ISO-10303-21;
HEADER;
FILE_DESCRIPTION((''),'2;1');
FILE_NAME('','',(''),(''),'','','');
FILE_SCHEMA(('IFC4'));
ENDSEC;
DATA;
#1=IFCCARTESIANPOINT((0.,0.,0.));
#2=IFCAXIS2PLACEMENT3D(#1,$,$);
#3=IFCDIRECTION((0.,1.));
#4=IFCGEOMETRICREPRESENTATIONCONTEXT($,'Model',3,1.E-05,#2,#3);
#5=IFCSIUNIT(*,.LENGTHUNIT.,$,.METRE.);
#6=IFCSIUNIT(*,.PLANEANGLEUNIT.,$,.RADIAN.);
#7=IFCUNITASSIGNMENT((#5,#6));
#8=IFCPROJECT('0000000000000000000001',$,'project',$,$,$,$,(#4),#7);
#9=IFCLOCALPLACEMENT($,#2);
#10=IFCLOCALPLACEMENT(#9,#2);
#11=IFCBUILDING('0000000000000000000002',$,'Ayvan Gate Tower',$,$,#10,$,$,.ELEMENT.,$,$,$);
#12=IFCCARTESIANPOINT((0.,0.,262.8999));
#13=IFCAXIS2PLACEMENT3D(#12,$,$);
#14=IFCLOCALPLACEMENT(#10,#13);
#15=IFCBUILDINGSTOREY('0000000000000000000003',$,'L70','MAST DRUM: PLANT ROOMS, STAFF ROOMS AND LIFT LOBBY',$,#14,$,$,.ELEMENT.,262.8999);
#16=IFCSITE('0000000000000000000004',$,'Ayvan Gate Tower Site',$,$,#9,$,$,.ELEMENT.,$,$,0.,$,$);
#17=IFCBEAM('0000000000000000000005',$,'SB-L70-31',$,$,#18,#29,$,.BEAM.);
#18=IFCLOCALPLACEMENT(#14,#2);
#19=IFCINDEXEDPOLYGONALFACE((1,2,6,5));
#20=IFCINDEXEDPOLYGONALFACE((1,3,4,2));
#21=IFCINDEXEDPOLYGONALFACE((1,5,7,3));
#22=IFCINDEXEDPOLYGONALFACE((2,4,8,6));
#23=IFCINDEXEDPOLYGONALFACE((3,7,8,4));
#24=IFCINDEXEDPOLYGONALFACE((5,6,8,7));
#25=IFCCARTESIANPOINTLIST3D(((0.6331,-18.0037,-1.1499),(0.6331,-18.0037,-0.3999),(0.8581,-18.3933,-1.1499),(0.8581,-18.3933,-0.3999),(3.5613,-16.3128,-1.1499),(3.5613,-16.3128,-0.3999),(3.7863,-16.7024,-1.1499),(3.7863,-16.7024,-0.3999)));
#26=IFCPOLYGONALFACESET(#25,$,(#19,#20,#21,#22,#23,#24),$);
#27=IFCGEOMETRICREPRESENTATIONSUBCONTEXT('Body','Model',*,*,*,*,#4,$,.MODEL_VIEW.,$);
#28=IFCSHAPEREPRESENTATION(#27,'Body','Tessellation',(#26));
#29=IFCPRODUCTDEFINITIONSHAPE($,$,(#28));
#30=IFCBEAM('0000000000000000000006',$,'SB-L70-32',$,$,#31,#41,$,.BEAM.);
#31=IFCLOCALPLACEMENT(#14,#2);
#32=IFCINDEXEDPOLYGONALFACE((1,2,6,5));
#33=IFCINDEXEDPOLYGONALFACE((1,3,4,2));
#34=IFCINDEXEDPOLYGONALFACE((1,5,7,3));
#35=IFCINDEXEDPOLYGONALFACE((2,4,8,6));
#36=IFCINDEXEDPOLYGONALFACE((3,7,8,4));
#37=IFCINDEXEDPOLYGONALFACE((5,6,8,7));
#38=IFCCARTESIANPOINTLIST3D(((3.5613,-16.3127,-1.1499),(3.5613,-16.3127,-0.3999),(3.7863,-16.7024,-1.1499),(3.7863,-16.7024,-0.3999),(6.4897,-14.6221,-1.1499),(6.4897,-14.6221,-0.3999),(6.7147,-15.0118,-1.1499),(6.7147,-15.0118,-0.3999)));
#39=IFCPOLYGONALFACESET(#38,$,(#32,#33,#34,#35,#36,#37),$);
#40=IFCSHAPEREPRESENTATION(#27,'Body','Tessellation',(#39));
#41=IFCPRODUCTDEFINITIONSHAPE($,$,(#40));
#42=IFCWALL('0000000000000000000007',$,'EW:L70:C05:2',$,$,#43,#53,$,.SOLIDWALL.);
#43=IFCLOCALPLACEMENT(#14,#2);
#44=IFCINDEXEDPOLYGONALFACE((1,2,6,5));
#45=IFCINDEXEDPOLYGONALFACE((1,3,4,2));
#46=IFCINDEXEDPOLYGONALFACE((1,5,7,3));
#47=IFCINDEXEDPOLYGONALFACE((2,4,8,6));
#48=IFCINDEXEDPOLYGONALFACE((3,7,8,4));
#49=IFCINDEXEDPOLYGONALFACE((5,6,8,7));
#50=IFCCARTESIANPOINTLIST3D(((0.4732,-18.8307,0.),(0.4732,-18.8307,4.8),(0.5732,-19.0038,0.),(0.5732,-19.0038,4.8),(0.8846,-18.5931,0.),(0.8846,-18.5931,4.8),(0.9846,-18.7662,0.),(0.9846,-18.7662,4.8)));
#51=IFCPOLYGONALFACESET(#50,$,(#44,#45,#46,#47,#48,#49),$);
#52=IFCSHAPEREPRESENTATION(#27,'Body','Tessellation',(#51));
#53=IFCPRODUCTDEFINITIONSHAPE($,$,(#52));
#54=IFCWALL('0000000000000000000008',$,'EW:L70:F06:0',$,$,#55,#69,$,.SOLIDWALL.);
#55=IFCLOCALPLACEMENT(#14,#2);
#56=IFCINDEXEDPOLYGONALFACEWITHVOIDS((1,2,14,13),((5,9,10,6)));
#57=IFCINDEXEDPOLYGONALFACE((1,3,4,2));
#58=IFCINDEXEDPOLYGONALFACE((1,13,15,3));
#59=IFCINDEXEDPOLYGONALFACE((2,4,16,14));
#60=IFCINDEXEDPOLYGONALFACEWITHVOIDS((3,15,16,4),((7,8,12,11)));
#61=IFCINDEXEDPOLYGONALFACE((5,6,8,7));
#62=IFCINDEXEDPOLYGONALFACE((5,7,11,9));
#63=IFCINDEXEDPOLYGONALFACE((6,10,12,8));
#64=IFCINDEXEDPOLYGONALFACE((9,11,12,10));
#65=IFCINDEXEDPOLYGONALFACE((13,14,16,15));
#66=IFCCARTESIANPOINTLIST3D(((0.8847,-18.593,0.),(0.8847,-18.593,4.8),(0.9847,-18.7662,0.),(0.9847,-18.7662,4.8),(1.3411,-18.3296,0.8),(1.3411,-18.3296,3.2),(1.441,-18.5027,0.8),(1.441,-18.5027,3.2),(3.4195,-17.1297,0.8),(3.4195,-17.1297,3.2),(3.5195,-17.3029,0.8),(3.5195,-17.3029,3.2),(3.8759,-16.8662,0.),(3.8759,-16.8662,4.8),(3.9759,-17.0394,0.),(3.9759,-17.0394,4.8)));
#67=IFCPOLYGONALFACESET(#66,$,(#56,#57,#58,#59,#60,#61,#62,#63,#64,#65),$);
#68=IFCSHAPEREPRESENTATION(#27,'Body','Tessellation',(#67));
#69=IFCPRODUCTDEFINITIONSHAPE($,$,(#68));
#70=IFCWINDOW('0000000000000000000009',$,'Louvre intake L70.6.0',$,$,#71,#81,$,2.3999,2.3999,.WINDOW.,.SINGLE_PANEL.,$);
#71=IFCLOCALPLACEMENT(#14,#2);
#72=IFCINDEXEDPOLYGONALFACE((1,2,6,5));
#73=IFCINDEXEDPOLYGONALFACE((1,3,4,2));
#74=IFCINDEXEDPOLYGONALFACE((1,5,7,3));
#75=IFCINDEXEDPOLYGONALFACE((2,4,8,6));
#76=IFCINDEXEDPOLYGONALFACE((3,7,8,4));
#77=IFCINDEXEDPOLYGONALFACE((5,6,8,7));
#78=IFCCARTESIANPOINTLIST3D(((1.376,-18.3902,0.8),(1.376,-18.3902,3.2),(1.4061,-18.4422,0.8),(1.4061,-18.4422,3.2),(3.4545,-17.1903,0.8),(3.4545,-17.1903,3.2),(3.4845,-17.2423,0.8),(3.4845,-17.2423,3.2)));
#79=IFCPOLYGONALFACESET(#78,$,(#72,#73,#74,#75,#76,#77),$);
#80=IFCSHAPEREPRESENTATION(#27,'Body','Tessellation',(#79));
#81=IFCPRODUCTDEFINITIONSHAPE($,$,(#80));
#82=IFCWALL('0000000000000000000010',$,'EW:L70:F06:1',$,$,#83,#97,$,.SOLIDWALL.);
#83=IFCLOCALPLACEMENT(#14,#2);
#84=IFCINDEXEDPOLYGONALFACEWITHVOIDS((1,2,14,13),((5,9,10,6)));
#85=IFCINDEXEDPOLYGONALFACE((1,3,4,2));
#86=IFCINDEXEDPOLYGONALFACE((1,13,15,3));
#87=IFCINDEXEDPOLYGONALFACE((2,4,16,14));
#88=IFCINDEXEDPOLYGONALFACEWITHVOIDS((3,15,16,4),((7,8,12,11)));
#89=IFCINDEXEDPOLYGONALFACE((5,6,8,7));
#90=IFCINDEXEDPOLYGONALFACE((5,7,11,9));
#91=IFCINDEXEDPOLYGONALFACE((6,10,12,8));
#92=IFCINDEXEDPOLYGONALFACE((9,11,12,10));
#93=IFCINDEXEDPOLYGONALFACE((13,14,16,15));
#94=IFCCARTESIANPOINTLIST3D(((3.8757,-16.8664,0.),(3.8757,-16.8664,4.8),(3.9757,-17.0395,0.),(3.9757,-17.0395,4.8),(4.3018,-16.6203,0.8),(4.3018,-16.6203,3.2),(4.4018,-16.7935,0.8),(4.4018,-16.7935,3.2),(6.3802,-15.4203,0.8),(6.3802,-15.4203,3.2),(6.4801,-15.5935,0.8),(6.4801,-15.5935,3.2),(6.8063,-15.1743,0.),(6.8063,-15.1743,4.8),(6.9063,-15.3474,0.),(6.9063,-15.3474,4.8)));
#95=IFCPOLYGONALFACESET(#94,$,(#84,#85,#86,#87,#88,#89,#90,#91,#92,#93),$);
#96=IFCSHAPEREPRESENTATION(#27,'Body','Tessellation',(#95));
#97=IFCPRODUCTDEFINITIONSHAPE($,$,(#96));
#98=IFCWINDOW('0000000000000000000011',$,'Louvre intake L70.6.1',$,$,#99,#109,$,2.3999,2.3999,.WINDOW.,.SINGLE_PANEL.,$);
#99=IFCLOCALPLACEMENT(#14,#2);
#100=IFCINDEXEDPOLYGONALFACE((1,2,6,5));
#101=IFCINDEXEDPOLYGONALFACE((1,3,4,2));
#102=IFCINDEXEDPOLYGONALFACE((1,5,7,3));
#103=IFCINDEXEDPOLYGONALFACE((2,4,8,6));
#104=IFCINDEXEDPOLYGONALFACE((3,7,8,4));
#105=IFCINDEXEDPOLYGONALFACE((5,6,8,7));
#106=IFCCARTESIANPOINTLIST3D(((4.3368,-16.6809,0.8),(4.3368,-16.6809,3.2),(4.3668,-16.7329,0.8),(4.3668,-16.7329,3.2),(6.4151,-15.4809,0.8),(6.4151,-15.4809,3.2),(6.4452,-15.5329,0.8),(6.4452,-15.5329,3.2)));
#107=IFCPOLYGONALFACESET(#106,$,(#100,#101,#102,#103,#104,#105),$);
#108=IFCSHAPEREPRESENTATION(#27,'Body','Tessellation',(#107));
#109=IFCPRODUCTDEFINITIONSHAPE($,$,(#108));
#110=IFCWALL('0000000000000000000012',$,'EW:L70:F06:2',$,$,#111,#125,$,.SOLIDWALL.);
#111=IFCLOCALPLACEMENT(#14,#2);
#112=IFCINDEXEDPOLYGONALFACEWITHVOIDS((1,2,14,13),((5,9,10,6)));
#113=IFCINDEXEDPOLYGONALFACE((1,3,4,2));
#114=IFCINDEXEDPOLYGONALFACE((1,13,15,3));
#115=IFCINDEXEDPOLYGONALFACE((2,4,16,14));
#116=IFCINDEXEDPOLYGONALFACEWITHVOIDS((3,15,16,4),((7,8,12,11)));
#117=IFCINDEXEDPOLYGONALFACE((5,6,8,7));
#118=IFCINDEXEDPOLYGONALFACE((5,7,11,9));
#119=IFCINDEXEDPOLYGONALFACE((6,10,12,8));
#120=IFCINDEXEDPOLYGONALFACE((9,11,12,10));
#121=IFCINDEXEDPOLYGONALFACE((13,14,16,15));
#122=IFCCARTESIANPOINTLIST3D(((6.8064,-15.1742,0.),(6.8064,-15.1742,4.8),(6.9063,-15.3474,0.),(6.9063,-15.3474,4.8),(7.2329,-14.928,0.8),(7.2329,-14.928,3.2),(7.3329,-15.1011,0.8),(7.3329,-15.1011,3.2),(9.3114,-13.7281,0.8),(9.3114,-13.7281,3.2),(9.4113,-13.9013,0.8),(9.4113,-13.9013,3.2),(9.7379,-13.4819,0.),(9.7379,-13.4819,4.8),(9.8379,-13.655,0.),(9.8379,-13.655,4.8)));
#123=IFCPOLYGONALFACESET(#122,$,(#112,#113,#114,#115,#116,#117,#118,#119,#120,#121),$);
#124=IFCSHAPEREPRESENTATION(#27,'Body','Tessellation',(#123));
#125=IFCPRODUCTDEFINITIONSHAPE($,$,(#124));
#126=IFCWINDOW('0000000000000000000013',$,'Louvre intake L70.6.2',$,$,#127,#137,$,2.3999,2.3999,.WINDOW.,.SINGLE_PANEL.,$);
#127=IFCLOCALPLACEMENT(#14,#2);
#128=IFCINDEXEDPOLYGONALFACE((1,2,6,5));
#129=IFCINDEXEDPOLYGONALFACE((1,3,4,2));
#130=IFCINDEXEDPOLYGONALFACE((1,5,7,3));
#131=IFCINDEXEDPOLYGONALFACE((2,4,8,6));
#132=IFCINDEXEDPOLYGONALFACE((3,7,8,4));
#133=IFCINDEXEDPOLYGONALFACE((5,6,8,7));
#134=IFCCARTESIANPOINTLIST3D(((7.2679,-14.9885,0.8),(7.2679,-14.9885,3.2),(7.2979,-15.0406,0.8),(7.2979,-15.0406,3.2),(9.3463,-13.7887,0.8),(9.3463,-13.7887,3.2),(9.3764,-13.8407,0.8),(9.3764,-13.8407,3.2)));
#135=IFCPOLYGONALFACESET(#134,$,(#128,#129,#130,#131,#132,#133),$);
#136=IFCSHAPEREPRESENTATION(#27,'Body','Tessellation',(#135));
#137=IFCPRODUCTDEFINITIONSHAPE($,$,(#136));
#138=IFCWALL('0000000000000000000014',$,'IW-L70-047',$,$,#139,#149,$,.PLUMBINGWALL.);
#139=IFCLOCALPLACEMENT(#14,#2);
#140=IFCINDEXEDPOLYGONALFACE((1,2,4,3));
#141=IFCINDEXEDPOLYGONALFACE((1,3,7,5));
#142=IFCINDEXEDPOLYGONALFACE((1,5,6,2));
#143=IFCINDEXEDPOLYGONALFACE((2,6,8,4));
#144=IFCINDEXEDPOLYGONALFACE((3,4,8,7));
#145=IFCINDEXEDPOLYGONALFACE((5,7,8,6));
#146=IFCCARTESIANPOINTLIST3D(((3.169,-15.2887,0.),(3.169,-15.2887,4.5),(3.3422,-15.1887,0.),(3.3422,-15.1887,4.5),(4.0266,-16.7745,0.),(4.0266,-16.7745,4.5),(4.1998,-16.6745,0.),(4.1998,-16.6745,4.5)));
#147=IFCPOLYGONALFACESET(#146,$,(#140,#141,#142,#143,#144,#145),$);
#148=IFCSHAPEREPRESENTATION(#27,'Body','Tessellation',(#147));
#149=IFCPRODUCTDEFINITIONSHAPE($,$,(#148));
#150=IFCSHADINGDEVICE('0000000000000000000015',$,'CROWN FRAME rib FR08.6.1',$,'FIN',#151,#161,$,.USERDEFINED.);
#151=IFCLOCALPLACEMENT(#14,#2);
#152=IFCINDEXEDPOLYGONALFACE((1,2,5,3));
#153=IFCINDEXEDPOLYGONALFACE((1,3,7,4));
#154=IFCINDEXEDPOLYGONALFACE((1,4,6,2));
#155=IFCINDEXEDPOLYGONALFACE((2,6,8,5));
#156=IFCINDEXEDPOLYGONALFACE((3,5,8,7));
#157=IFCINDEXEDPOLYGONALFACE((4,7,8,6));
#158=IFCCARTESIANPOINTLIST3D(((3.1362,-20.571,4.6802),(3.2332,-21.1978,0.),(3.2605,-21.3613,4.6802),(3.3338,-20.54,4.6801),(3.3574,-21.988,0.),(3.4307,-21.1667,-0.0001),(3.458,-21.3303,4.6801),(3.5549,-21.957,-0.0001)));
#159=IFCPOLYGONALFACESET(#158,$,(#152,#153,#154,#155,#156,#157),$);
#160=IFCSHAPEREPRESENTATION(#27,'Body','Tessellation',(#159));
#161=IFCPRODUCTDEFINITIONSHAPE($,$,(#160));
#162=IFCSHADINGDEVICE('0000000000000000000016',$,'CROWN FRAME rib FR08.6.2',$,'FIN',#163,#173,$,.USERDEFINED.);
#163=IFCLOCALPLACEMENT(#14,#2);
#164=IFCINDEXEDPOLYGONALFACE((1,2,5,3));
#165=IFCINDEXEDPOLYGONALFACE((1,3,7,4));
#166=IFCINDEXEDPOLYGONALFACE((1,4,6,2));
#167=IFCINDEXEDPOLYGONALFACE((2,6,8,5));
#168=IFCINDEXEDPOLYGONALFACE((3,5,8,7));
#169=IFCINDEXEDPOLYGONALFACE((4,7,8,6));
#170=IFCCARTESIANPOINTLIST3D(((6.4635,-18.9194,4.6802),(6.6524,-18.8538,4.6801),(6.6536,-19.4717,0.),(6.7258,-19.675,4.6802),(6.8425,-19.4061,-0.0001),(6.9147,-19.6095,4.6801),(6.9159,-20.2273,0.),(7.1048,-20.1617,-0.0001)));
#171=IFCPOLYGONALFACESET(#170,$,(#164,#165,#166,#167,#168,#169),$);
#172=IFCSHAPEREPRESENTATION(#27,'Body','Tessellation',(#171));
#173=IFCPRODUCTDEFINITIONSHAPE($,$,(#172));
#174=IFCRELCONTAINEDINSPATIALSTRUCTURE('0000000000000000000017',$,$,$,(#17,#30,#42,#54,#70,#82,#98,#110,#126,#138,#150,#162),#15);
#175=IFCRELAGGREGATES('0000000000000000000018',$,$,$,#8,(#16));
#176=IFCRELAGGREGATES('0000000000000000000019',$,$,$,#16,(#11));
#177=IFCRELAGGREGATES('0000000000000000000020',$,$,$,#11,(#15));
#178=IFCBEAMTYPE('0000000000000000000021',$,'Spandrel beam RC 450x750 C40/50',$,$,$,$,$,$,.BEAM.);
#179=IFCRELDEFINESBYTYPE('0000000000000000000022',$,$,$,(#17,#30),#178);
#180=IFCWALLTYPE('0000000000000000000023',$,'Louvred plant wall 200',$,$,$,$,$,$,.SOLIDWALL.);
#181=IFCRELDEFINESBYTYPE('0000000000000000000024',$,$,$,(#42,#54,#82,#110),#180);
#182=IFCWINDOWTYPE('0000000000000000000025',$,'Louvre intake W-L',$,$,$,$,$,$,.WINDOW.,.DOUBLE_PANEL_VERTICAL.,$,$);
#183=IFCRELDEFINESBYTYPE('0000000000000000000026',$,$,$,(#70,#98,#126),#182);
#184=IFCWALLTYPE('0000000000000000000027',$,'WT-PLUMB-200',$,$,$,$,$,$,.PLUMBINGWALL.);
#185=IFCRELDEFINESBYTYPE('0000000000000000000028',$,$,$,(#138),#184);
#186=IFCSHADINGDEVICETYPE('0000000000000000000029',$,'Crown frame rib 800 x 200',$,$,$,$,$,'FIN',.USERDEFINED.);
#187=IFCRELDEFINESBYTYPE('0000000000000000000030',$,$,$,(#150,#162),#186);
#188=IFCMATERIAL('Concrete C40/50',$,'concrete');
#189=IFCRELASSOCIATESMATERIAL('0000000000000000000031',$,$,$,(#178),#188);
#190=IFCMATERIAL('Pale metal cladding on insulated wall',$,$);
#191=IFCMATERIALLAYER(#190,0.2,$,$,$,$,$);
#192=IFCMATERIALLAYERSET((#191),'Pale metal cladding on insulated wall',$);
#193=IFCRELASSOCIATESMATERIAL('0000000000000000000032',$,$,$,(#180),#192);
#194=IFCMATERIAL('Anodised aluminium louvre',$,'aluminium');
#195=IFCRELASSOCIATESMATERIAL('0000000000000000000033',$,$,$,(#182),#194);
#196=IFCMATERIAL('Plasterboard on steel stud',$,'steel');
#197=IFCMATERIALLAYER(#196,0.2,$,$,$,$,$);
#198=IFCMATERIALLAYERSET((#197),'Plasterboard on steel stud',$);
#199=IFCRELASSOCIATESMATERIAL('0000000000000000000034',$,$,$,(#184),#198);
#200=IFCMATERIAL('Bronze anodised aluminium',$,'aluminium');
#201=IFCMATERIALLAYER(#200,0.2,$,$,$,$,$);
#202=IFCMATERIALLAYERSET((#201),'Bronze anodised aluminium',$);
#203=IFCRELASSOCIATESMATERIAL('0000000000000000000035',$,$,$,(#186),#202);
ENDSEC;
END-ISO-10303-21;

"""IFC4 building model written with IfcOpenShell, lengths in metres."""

from ifc_helpers import new_model, si_unit, direction, frame, frame_2d, origin, origin_2d, place, context, subcontext, project, spatial, polyline, rectangle, outline, extrude, material, layer, layer_set, material_profile, profile_set, type_object, element, fill, save


model = new_model("IFC4")

# Units and contexts
model_context = context("Model", 3, precision=1e-05, world=origin(), true_north=direction((0.0, 1.0)))
body_context = subcontext(model_context, "Body", "Model", "MODEL_VIEW")
ifc_project = project(units=[si_unit("LENGTHUNIT", "METRE"), si_unit("PLANEANGLEUNIT", "RADIAN")], contexts=[model_context])

# Site, building, storey
site_placement = place(None, origin())
site = spatial("IfcSite", under=ifc_project, at=site_placement, Name="Ayvan Gate Tower Site", CompositionType="ELEMENT", RefElevation=0.0)
building_placement = place(site_placement, origin())
building = spatial("IfcBuilding", under=site, at=building_placement, Name="Ayvan Gate Tower", CompositionType="ELEMENT")
storey_placement = place(building_placement, frame((0.0, 0.0, 262.8999)))
storey = spatial("IfcBuildingStorey", under=building, at=storey_placement, Name="L70", Description="MAST DRUM: PLANT ROOMS, STAFF ROOMS AND LIFT LOBBY", CompositionType="ELEMENT", Elevation=262.8999)

# Beams
ifc_material_1 = material(Name="Concrete C40/50", Category="concrete")
ifc_material_profile = material_profile(ifc_material_1, rectangle(XDim=0.45, YDim=0.75, at=origin_2d()), Name="RC 450x750")
ifc_profile_set = profile_set([ifc_material_profile], Name="Concrete C40/50")
beam_type = type_object("IfcBeamType", Name="Spandrel beam RC 450x750 C40/50", PredefinedType="BEAM", material=ifc_profile_set)
for number, where, z_axis, x_axis, name in (
    (1, (0.7456, -18.1985, -0.7749), (0.865986, 0.500068, 0.0), (-0.500068, 0.865986, 0.0), "SB-L70-31"),
    (2, (3.6738, -16.5076, -0.7749), (0.866035, 0.499983, 0.0), (-0.499983, 0.866035, 0.0), "SB-L70-32"),
):
    element("IfcBeam", number, at=place(storey_placement, frame(where, z_axis=z_axis, x_axis=x_axis)), inside=storey, type_object=beam_type, Name=name, PredefinedType="BEAM", context=body_context, shape_type="SweptSolid", body=[
        extrude(rectangle(XDim=0.45, YDim=0.75, at=origin_2d()), origin(), (0.0, 0.0, 1.0), 3.3813),
    ])

# Wall
ifc_material_2 = material(Name="Pale metal cladding on insulated wall")
ifc_layer_1 = layer(ifc_material_2, 0.2)
ifc_layer_set_1 = layer_set([ifc_layer_1], Name="Pale metal cladding on insulated wall")
wall_type_1 = type_object("IfcWallType", Name="Louvred plant wall 200", PredefinedType="SOLIDWALL", material=ifc_layer_set_1)
wall_1_placement = place(storey_placement, frame((0.5232, -18.9172, 0.0), z_axis=(0.0, 0.0, 1.0), x_axis=(0.865989, 0.500064, 0.0)))
element("IfcWall", 3, at=wall_1_placement, inside=storey, type_object=wall_type_1, Name="EW:L70:C05:2", PredefinedType="SOLIDWALL", context=body_context, shape_type="SweptSolid", body=[
    extrude(rectangle(XDim=0.4751, YDim=0.2, at=frame_2d((0.2375, 0.0))), origin(), (0.0, 0.0, 1.0), 4.8),
])

# Walls, openings, windows
wall_2_placement = place(storey_placement, frame((0.9346, -18.6797, 0.0), z_axis=(0.0, 0.0, 1.0), x_axis=(0.866047, 0.499963, 0.0)))
wall_2 = element("IfcWall", 4, at=wall_2_placement, inside=storey, type_object=wall_type_1, Name="EW:L70:F06:0", PredefinedType="SOLIDWALL", context=body_context, shape_type="SweptSolid", body=[
    extrude(rectangle(XDim=3.4539, YDim=0.2, at=frame_2d((1.7271, 0.0))), origin(), (0.0, 0.0, 1.0), 4.8),
])
opening_1_placement = place(wall_2_placement, frame((0.5271, 0.0, 0.8)))
opening_1 = element("IfcOpeningElement", 5, at=opening_1_placement, cuts=wall_2, PredefinedType="OPENING", context=body_context, shape_type="SweptSolid", body=[
    extrude(rectangle(XDim=2.3999, YDim=2.3999, at=frame_2d((1.2, 1.2))), frame((0.0, 0.1099, 0.0), z_axis=(0.0, -1.0, 0.0), x_axis=(1.0, 0.0, 0.0)), (0.0, 0.0, 1.0), 0.22),
])
ifc_material_3 = material(Name="Anodised aluminium louvre", Category="aluminium")
window_type = type_object("IfcWindowType", Name="Louvre intake W-L", PartitioningType="DOUBLE_PANEL_VERTICAL", PredefinedType="WINDOW", material=ifc_material_3)
window_1_placement = place(opening_1_placement, origin())
window_1 = element("IfcWindow", 6, at=window_1_placement, inside=storey, type_object=window_type, Name="Louvre intake L70.6.0", OverallHeight=2.3999, OverallWidth=2.3999, PartitioningType="SINGLE_PANEL", PredefinedType="WINDOW", context=body_context, shape_type="SweptSolid", body=[
    extrude(rectangle(XDim=2.3999, YDim=2.3999, at=frame_2d((1.2, 1.2))), frame((0.0, 0.03, 0.0), z_axis=(0.0, -1.0, 0.0), x_axis=(1.0, 0.0, 0.0)), (0.0, 0.0, 1.0), 0.0601),
])
fill(opening_1, window_1)
wall_3_placement = place(storey_placement, frame((3.9258, -16.9529, 0.0), z_axis=(0.0, 0.0, 1.0), x_axis=(0.86601, 0.500026, 0.0)))
wall_3 = element("IfcWall", 7, at=wall_3_placement, inside=storey, type_object=wall_type_1, Name="EW:L70:F06:1", PredefinedType="SOLIDWALL", context=body_context, shape_type="SweptSolid", body=[
    extrude(rectangle(XDim=3.384, YDim=0.2, at=frame_2d((1.6919, 0.0))), origin(), (0.0, 0.0, 1.0), 4.8),
])
opening_2_placement = place(wall_3_placement, frame((0.4919, 0.0, 0.8)))
opening_2 = element("IfcOpeningElement", 8, at=opening_2_placement, cuts=wall_3, PredefinedType="OPENING", context=body_context, shape_type="SweptSolid", body=[
    extrude(rectangle(XDim=2.3999, YDim=2.3999, at=frame_2d((1.2, 1.2))), frame((0.0, 0.1099, 0.0), z_axis=(0.0, -1.0, 0.0), x_axis=(1.0, 0.0, 0.0)), (0.0, 0.0, 1.0), 0.22),
])
window_2_placement = place(opening_2_placement, origin())
window_2 = element("IfcWindow", 9, at=window_2_placement, inside=storey, type_object=window_type, Name="Louvre intake L70.6.1", OverallHeight=2.3999, OverallWidth=2.3999, PartitioningType="SINGLE_PANEL", PredefinedType="WINDOW", context=body_context, shape_type="SweptSolid", body=[
    extrude(rectangle(XDim=2.3999, YDim=2.3999, at=frame_2d((1.2, 1.2))), frame((0.0, 0.03, 0.0), z_axis=(0.0, -1.0, 0.0), x_axis=(1.0, 0.0, 0.0)), (0.0, 0.0, 1.0), 0.0601),
])
fill(opening_2, window_2)
wall_4_placement = place(storey_placement, frame((6.8564, -15.2607, 0.0), z_axis=(0.0, 0.0, 1.0), x_axis=(0.866051, 0.499956, 0.0)))
wall_4 = element("IfcWall", 10, at=wall_4_placement, inside=storey, type_object=wall_type_1, Name="EW:L70:F06:2", PredefinedType="SOLIDWALL", context=body_context, shape_type="SweptSolid", body=[
    extrude(rectangle(XDim=3.385, YDim=0.2, at=frame_2d((1.6924, 0.0))), origin(), (0.0, 0.0, 1.0), 4.8),
])
opening_3_placement = place(wall_4_placement, frame((0.4924, 0.0, 0.8)))
opening_3 = element("IfcOpeningElement", 11, at=opening_3_placement, cuts=wall_4, PredefinedType="OPENING", context=body_context, shape_type="SweptSolid", body=[
    extrude(rectangle(XDim=2.3999, YDim=2.3999, at=frame_2d((1.2, 1.2))), frame((0.0, 0.1099, 0.0), z_axis=(0.0, -1.0, 0.0), x_axis=(1.0, 0.0, 0.0)), (0.0, 0.0, 1.0), 0.22),
])
window_3_placement = place(opening_3_placement, origin())
window_3 = element("IfcWindow", 12, at=window_3_placement, inside=storey, type_object=window_type, Name="Louvre intake L70.6.2", OverallHeight=2.3999, OverallWidth=2.3999, PartitioningType="SINGLE_PANEL", PredefinedType="WINDOW", context=body_context, shape_type="SweptSolid", body=[
    extrude(rectangle(XDim=2.3999, YDim=2.3999, at=frame_2d((1.2, 1.2))), frame((0.0, 0.03, 0.0), z_axis=(0.0, -1.0, 0.0), x_axis=(1.0, 0.0, 0.0)), (0.0, 0.0, 1.0), 0.0601),
])
fill(opening_3, window_3)

# Wall
ifc_material_4 = material(Name="Plasterboard on steel stud", Category="steel")
ifc_layer_2 = layer(ifc_material_4, 0.2)
ifc_layer_set_2 = layer_set([ifc_layer_2], Name="Plasterboard on steel stud")
wall_type_2 = type_object("IfcWallType", Name="WT-PLUMB-200", PredefinedType="PLUMBINGWALL", material=ifc_layer_set_2)
wall_5_placement = place(storey_placement, frame((4.1133, -16.7246, 0.0), z_axis=(0.0, 0.0, 1.0), x_axis=(-0.49992, 0.866072, 0.0)))
element("IfcWall", 13, at=wall_5_placement, inside=storey, type_object=wall_type_2, Name="IW-L70-047", PredefinedType="PLUMBINGWALL", context=body_context, shape_type="SweptSolid", body=[
    extrude(rectangle(XDim=1.7156, YDim=0.2, at=frame_2d((0.8579, 0.0))), origin(), (0.0, 0.0, 1.0), 4.5),
])

# Shading devices
ifc_material_5 = material(Name="Bronze anodised aluminium", Category="aluminium")
ifc_layer_3 = layer(ifc_material_5, 0.2)
ifc_layer_set_3 = layer_set([ifc_layer_3], Name="Bronze anodised aluminium")
shading_device_type_1 = type_object("IfcShadingDeviceType", Name="Crown frame rib 800 x 200", ElementType="FIN", PredefinedType="USERDEFINED", material=ifc_layer_set_3)
shading_device_1_placement = place(storey_placement, frame((3.2332, -21.1978, 0.0), z_axis=(-0.987862, -0.155336, 0.000342), x_axis=(0.155336, -0.987862, 0.0)))
element("IfcShadingDevice", 14, at=shading_device_1_placement, inside=storey, type_object=shading_device_type_1, Name="CROWN FRAME rib FR08.6.1", ObjectType="FIN", PredefinedType="USERDEFINED", context=body_context, shape_type="SweptSolid", body=[
    extrude(outline(polyline([(0.0, 0.0), (0.8, 0.0), (0.1658, 4.6802), (-0.6342, 4.6802), (0.0, 0.0)])), origin(), (0.0, 0.0, -1.0), 0.2),
])
shading_device_2_placement = place(storey_placement, frame((6.6536, -19.4717, 0.0), z_axis=(-0.944688, -0.32797, 0.000335), x_axis=(0.32797, -0.944688, 0.0)))
element("IfcShadingDevice", 15, at=shading_device_2_placement, inside=storey, type_object=shading_device_type_1, Name="CROWN FRAME rib FR08.6.2", ObjectType="FIN", PredefinedType="USERDEFINED", context=body_context, shape_type="SweptSolid", body=[
    extrude(outline(polyline([(0.0, 0.0), (0.7998, 0.0), (0.2158, 4.6802), (-0.5841, 4.6802), (0.0, 0.0)])), origin(), (0.0, 0.0, -1.0), 0.2),
])

save(model, "model.ifc")
